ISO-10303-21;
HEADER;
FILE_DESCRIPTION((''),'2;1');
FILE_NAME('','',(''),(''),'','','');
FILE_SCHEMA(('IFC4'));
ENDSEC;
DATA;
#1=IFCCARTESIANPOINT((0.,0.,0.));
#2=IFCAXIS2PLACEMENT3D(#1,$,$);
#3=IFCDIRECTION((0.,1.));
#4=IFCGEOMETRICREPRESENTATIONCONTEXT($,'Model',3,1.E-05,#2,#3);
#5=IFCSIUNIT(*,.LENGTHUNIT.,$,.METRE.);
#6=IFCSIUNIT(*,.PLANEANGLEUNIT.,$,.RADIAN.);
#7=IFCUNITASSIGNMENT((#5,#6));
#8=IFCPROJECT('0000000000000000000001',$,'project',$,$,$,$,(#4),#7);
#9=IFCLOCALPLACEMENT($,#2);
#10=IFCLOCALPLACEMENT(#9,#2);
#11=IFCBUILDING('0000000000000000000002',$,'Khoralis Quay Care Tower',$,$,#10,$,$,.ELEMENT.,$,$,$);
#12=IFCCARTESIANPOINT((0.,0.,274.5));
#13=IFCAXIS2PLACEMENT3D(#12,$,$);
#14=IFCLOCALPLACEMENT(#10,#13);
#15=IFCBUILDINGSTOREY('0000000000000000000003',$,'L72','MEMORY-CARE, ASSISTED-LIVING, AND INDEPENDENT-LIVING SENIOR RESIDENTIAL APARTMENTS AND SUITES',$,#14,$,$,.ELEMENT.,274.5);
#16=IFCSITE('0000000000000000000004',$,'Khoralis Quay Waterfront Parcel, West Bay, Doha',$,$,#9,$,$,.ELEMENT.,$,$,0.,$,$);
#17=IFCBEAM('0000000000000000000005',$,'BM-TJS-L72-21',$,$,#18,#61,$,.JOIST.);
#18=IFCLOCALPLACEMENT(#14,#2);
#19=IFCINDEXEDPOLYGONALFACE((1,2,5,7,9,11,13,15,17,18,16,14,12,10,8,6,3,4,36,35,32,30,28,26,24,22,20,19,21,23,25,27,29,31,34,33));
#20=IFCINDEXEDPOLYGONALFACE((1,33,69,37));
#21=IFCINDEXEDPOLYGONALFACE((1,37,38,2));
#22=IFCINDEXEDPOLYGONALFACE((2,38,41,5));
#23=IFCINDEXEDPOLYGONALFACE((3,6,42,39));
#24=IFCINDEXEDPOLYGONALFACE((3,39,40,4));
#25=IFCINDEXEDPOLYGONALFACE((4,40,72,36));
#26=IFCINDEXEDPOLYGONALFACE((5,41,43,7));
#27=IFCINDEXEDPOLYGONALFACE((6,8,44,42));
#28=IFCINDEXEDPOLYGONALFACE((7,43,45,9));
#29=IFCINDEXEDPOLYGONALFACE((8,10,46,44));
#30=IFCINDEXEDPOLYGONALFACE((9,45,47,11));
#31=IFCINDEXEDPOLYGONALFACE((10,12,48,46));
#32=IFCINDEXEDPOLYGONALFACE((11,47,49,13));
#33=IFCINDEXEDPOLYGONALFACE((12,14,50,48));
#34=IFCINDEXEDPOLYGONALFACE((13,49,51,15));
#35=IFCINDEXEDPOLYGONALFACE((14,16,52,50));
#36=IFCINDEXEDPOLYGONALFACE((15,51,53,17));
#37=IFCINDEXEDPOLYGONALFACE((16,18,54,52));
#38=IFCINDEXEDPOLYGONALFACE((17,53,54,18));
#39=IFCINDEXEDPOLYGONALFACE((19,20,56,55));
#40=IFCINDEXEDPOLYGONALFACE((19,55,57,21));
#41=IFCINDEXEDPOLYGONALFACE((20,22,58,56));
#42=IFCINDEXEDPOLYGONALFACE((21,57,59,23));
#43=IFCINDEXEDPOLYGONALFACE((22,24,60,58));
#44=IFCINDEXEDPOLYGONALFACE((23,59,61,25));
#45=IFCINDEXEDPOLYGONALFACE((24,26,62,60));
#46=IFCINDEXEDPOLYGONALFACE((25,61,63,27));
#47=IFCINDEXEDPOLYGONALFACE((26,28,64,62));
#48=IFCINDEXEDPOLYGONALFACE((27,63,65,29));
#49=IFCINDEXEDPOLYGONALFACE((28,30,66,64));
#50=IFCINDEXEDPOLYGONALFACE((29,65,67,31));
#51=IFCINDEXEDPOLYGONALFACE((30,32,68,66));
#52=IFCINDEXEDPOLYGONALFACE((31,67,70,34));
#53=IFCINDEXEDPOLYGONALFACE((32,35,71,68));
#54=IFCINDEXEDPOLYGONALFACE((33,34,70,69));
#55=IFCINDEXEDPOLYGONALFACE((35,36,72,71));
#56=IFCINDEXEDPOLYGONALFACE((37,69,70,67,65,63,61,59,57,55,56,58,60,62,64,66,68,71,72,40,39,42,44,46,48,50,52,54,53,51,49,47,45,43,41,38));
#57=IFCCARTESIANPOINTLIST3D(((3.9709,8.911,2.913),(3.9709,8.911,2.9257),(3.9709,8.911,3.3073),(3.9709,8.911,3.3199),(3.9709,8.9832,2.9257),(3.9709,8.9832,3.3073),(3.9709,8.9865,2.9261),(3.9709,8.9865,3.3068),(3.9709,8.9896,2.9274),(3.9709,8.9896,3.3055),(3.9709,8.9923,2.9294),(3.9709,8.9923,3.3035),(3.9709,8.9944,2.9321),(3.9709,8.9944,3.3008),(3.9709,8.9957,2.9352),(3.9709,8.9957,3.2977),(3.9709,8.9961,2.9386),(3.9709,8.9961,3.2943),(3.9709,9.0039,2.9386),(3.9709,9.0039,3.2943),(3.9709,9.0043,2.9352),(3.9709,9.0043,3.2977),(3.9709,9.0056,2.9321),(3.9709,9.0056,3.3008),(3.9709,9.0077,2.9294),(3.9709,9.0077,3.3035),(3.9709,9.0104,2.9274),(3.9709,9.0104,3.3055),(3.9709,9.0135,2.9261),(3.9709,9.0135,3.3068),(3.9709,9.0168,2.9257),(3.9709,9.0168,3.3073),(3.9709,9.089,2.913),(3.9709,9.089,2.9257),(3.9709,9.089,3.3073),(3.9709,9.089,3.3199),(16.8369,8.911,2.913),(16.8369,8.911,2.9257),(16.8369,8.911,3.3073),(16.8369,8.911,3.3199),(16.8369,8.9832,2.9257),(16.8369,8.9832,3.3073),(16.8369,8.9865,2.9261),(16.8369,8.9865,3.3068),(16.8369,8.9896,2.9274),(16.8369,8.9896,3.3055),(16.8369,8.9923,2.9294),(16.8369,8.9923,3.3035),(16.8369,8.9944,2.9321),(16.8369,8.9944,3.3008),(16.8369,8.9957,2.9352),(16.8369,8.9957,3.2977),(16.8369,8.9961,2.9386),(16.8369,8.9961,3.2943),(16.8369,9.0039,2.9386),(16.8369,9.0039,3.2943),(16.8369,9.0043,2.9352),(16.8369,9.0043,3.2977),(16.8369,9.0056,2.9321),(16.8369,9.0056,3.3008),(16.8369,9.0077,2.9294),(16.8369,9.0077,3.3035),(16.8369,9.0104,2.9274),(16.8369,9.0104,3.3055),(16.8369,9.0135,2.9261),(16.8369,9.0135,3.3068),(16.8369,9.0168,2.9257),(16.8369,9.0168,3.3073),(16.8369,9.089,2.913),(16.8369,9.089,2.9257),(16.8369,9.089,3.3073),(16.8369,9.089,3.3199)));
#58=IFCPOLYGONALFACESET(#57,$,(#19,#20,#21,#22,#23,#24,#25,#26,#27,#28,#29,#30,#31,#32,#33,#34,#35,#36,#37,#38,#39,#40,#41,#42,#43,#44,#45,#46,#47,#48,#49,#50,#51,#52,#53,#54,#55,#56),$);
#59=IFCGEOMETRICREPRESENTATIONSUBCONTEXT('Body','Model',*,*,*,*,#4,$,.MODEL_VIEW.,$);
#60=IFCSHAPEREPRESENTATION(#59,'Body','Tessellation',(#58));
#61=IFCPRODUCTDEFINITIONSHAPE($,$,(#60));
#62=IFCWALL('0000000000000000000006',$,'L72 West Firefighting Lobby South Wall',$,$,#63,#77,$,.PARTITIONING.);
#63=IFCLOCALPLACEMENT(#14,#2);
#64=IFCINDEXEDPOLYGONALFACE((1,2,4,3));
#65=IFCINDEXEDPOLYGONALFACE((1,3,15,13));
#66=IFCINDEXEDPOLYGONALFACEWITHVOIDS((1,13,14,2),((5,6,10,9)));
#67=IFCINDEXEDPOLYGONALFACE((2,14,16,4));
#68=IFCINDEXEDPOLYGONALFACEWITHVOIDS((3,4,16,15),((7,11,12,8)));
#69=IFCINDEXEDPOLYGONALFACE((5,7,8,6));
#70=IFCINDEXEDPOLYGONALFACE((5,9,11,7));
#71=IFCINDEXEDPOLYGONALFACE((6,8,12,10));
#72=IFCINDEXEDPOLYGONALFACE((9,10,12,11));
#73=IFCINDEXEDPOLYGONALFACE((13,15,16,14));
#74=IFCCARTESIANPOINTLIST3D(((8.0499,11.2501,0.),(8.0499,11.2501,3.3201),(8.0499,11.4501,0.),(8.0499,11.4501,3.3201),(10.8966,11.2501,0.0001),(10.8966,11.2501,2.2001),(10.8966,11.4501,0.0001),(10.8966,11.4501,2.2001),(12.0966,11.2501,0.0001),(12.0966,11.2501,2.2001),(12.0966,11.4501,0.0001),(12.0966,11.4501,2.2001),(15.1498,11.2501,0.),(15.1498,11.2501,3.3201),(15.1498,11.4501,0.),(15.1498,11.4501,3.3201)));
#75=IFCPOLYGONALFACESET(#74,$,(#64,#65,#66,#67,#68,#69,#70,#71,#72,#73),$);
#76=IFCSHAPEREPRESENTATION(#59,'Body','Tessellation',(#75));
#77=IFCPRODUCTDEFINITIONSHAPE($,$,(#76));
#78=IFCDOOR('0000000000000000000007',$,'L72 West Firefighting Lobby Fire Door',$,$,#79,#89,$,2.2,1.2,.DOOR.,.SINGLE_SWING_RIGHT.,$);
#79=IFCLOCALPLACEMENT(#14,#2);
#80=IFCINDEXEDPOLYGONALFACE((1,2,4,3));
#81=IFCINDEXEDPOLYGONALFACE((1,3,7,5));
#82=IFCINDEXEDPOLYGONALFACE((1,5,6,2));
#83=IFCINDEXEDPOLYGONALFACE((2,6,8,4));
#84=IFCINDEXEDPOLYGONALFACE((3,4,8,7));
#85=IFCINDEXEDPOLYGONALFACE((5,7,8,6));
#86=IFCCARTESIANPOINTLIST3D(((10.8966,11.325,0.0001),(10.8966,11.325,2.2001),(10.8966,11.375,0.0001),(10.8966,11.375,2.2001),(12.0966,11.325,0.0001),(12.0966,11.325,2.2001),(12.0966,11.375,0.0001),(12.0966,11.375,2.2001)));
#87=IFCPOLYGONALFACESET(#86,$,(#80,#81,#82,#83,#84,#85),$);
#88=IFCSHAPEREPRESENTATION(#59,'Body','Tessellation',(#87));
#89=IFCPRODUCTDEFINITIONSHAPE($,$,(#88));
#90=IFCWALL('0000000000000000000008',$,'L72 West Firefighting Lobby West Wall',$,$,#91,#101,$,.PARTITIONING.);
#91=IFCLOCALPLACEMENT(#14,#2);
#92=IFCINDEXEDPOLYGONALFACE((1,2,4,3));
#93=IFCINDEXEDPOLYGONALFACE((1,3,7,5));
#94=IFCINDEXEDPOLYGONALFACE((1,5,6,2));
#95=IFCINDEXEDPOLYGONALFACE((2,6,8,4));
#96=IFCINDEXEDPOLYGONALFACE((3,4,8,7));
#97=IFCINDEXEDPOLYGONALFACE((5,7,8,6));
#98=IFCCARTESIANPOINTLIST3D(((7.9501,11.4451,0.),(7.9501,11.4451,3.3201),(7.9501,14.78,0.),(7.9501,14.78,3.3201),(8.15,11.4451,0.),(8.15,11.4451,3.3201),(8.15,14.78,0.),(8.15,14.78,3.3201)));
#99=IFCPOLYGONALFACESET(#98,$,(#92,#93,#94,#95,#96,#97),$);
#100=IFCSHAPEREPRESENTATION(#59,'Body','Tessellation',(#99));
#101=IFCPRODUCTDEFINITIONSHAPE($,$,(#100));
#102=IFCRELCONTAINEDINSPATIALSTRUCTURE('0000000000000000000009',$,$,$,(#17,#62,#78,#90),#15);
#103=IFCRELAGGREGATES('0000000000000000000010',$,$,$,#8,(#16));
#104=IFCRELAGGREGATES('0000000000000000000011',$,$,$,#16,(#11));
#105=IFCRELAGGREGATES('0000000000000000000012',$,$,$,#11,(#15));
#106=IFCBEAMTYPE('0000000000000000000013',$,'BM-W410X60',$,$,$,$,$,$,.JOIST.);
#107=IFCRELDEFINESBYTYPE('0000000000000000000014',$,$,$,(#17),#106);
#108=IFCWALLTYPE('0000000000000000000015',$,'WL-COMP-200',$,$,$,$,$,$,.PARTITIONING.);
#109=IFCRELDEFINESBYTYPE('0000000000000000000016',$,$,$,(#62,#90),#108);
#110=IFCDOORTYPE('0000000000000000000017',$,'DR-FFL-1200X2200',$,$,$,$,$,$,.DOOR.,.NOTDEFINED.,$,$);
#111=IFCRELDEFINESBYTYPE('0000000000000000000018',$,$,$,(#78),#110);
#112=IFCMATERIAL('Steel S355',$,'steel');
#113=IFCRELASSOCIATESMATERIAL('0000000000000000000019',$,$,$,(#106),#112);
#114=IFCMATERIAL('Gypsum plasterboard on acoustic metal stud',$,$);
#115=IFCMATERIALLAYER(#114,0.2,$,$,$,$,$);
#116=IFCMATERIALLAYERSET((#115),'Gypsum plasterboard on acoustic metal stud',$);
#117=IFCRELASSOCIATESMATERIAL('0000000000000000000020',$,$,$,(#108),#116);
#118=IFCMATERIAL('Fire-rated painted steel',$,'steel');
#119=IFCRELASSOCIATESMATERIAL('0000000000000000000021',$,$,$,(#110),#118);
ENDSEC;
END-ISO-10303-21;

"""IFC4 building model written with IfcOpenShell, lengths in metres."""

from ifc_helpers import new_model, si_unit, direction, frame, frame_2d, origin, origin_2d, place, context, subcontext, project, spatial, rectangle, i_section, extrude, source, transform, mapped, material, layer, layer_set, material_profile, profile_set, type_object, element, fill, save


model = new_model("IFC4")

# Units and contexts
model_context = context("Model", 3, precision=1e-05, world=origin(), true_north=direction((0.0, 1.0)))
body_context = subcontext(model_context, "Body", "Model", "MODEL_VIEW")
ifc_project = project(units=[si_unit("LENGTHUNIT", "METRE"), si_unit("PLANEANGLEUNIT", "RADIAN")], contexts=[model_context])

# Site, building, storey
site_placement = place(None, origin())
site = spatial("IfcSite", under=ifc_project, at=site_placement, Name="Khoralis Quay Waterfront Parcel, West Bay, Doha", CompositionType="ELEMENT", RefElevation=0.0)
building_placement = place(site_placement, origin())
building = spatial("IfcBuilding", under=site, at=building_placement, Name="Khoralis Quay Care Tower", CompositionType="ELEMENT")
storey_placement = place(building_placement, frame((0.0, 0.0, 274.5)))
storey = spatial("IfcBuildingStorey", under=building, at=storey_placement, Name="L72", Description="MEMORY-CARE, ASSISTED-LIVING, AND INDEPENDENT-LIVING SENIOR RESIDENTIAL APARTMENTS AND SUITES", CompositionType="ELEMENT", Elevation=274.5)

# Beam
ifc_material_1 = material(Name="Steel S355", Category="steel")
ifc_material_profile_1 = material_profile(ifc_material_1, i_section(OverallWidth=0.178, OverallDepth=0.407, WebThickness=0.0078, FlangeThickness=0.0127, FilletRadius=0.0129, at=origin_2d()), Name="Steel S355")
ifc_profile_set_1 = profile_set([ifc_material_profile_1], Name="Steel S355")
beam_type_1 = type_object("IfcBeamType", Name="BM-W410X60", PredefinedType="JOIST", material=ifc_profile_set_1)
shared_shape_1 = source(origin(), body_context, "Body", "SweptSolid", [
    extrude(i_section(OverallWidth=0.178, OverallDepth=0.407, WebThickness=0.0078, FlangeThickness=0.0127, FilletRadius=0.0129, at=origin_2d()), origin(), (0.0, 0.0, 1.0), 12.866),
])
beam_1_placement = place(storey_placement, frame((3.9709, 9.0, 3.1165), z_axis=(1.0, 0.0, 0.0), x_axis=(0.0, 1.0, 0.0)))
element("IfcBeam", 1, at=beam_1_placement, inside=storey, type_object=beam_type_1, Name="BM-TJS-L72-21", PredefinedType="JOIST", context=body_context, shape_type="MappedRepresentation", body=[
    mapped(shared_shape_1, transform((0.0, 0.0, 0.0), scale=1.0)),
])

# Wall, opening, door
ifc_material_2 = material(Name="Gypsum plasterboard on acoustic metal stud")
ifc_layer_1 = layer(ifc_material_2, 0.2)
ifc_layer_set_1 = layer_set([ifc_layer_1], Name="Gypsum plasterboard on acoustic metal stud")
wall_type_1 = type_object("IfcWallType", Name="WL-COMP-200", PredefinedType="PARTITIONING", material=ifc_layer_set_1)
wall_1_placement = place(storey_placement, frame((8.05, 11.3501, 0.0), z_axis=(0.0, 0.0, 1.0), x_axis=(1.0, 0.0, 0.0)))
wall_1 = element("IfcWall", 2, at=wall_1_placement, inside=storey, type_object=wall_type_1, Name="L72 West Firefighting Lobby South Wall", PredefinedType="PARTITIONING", context=body_context, shape_type="SweptSolid", body=[
    extrude(rectangle(XDim=7.0999, YDim=0.2, at=frame_2d((3.5498, 0.0))), origin(), (0.0, 0.0, 1.0), 3.3201),
])
opening_1_placement = place(wall_1_placement, frame((2.8464, 0.0, 0.0)))
opening_1 = element("IfcOpeningElement", 3, at=opening_1_placement, cuts=wall_1, PredefinedType="OPENING", context=body_context, shape_type="SweptSolid", body=[
    extrude(rectangle(XDim=1.2, YDim=2.2, at=frame_2d((0.6001, 1.1001))), frame((0.0, 0.1099, 0.0), z_axis=(0.0, -1.0, 0.0), x_axis=(1.0, 0.0, 0.0)), (0.0, 0.0, 1.0), 0.22),
])
ifc_material_3 = material(Name="Fire-rated painted steel", Category="steel")
door_type_1 = type_object("IfcDoorType", Name="DR-FFL-1200X2200", OperationType="NOTDEFINED", PredefinedType="DOOR", material=ifc_material_3)
shared_shape_2 = source(origin(), body_context, "Body", "SweptSolid", [
    extrude(rectangle(XDim=1.2, YDim=2.2, at=frame_2d((0.6001, 1.1001))), frame((0.0, 0.0249, 0.0), z_axis=(0.0, -1.0, 0.0), x_axis=(1.0, 0.0, 0.0)), (0.0, 0.0, 1.0), 0.05),
])
door_1_placement = place(opening_1_placement, origin())
door_1 = element("IfcDoor", 4, at=door_1_placement, inside=storey, type_object=door_type_1, Name="L72 West Firefighting Lobby Fire Door", OperationType="SINGLE_SWING_RIGHT", OverallHeight=2.2, OverallWidth=1.2, PredefinedType="DOOR", context=body_context, shape_type="MappedRepresentation", body=[
    mapped(shared_shape_2, transform((0.0, 0.0, 0.0), scale=1.0)),
])
fill(opening_1, door_1)

# Wall
wall_2_placement = place(storey_placement, frame((8.05, 11.4451, 0.0), z_axis=(0.0, 0.0, 1.0), x_axis=(0.0, 1.0, 0.0)))
element("IfcWall", 5, at=wall_2_placement, inside=storey, type_object=wall_type_1, Name="L72 West Firefighting Lobby West Wall", PredefinedType="PARTITIONING", context=body_context, shape_type="SweptSolid", body=[
    extrude(rectangle(XDim=3.335, YDim=0.2, at=frame_2d((1.6675, 0.0))), origin(), (0.0, 0.0, 1.0), 3.3201),
])

save(model, "model.ifc")
